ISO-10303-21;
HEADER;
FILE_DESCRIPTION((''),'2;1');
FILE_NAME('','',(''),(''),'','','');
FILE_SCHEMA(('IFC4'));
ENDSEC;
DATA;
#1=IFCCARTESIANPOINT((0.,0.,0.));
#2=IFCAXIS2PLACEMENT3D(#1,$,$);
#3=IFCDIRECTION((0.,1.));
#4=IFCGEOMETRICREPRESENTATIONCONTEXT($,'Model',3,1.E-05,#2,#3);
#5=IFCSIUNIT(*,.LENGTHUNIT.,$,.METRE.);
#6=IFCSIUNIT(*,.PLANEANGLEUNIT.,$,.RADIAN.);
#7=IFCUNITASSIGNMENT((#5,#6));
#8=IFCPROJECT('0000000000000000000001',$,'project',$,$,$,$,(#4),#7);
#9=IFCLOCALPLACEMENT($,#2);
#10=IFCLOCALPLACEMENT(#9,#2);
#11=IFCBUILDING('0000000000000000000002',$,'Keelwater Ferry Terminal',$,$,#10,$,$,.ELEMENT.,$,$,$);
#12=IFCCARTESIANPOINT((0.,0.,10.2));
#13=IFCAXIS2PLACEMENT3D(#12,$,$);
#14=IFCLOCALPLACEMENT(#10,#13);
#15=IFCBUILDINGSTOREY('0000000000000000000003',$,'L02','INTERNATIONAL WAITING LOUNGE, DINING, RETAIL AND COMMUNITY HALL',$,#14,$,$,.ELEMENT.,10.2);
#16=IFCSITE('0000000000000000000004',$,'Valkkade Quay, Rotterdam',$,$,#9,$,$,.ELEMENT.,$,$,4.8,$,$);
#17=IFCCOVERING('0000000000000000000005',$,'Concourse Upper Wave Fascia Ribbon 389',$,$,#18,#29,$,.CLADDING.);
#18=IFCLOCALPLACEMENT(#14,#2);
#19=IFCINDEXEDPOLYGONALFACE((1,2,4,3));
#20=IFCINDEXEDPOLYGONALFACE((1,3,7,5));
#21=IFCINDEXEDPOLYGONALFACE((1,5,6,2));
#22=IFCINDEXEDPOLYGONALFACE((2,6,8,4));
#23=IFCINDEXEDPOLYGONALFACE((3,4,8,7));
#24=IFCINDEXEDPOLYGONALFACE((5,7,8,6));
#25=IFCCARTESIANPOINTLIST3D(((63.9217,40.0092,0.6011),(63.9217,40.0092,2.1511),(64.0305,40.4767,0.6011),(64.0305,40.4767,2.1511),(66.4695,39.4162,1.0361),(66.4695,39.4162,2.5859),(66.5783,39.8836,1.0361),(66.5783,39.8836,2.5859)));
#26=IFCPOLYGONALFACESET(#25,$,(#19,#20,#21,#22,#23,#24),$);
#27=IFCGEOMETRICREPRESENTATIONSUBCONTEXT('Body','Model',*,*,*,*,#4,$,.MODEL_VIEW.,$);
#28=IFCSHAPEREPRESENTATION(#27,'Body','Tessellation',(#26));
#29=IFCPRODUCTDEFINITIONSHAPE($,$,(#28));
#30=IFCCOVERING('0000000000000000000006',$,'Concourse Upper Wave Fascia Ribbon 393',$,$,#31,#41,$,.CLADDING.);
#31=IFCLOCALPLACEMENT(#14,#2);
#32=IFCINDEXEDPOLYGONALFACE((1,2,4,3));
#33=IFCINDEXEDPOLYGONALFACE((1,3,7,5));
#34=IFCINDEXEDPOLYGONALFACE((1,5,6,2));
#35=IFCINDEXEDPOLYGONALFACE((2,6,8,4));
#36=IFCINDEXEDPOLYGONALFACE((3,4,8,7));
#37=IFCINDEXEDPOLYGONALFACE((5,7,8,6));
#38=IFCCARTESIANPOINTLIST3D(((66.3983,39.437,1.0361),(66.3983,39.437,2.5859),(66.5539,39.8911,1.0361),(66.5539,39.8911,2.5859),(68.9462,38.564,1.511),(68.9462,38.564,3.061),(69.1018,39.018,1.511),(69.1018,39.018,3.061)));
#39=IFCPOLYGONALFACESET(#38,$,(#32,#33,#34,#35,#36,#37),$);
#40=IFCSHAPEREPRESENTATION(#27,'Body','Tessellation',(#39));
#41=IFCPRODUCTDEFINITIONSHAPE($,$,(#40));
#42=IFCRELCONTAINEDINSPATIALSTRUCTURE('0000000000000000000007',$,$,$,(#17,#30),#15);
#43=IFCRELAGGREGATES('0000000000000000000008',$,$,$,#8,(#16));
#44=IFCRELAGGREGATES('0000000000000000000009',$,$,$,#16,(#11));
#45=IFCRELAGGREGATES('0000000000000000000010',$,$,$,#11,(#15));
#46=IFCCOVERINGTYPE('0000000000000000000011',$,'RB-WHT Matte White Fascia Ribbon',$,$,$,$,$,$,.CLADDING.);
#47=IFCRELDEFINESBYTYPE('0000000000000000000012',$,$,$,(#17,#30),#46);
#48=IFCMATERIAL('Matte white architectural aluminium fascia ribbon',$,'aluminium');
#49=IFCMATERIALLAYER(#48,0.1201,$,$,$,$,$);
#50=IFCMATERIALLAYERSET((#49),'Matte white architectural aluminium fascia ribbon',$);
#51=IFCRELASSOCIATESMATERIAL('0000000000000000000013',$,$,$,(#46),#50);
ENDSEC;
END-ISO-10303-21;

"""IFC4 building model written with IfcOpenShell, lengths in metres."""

from ifc_helpers import new_model, si_unit, direction, frame, origin, place, context, subcontext, project, spatial, polyline, outline, extrude, material, layer, layer_set, type_object, element, save


model = new_model("IFC4")

# Units and contexts
model_context = context("Model", 3, precision=1e-05, world=origin(), true_north=direction((0.0, 1.0)))
body_context = subcontext(model_context, "Body", "Model", "MODEL_VIEW")
ifc_project = project(units=[si_unit("LENGTHUNIT", "METRE"), si_unit("PLANEANGLEUNIT", "RADIAN")], contexts=[model_context])

# Site, building, storey
site_placement = place(None, origin())
site = spatial("IfcSite", under=ifc_project, at=site_placement, Name="Valkkade Quay, Rotterdam", CompositionType="ELEMENT", RefElevation=4.8)
building_placement = place(site_placement, origin())
building = spatial("IfcBuilding", under=site, at=building_placement, Name="Keelwater Ferry Terminal", CompositionType="ELEMENT")
storey_placement = place(building_placement, frame((0.0, 0.0, 10.2)))
storey = spatial("IfcBuildingStorey", under=building, at=storey_placement, Name="L02", Description="INTERNATIONAL WAITING LOUNGE, DINING, RETAIL AND COMMUNITY HALL", CompositionType="ELEMENT", Elevation=10.2)

# Coverings
ifc_material_1 = material(Name="Matte white architectural aluminium fascia ribbon", Category="aluminium")
ifc_layer_1 = layer(ifc_material_1, 0.1201)
ifc_layer_set_1 = layer_set([ifc_layer_1], Name="Matte white architectural aluminium fascia ribbon")
covering_type = type_object("IfcCoveringType", Name="RB-WHT Matte White Fascia Ribbon", PredefinedType="CLADDING", material=ifc_layer_set_1)
covering_1_placement = place(storey_placement, frame((63.9761, 40.2429, 0.6011), z_axis=(0.0, 0.0, 1.0), x_axis=(0.973966, -0.226693, 0.0)))
element("IfcCovering", 1, at=covering_1_placement, inside=storey, type_object=covering_type, Name="Concourse Upper Wave Fascia Ribbon 389", PredefinedType="CLADDING", context=body_context, shape_type="SweptSolid", body=[
    extrude(outline(polyline([(0.0, 0.0), (2.616, 0.4351), (2.616, 1.9849), (0.0, 1.55), (0.0, 0.0)])), frame((0.0, 0.24, 0.0), z_axis=(0.0, -1.0, 0.0), x_axis=(1.0, 0.0, 0.0)), (0.0, 0.0, 1.0), 0.48),
])
covering_2_placement = place(storey_placement, frame((66.4761, 39.6641, 1.0361), z_axis=(0.0, 0.0, 1.0), x_axis=(0.946003, -0.324157, 0.0)))
element("IfcCovering", 2, at=covering_2_placement, inside=storey, type_object=covering_type, Name="Concourse Upper Wave Fascia Ribbon 393", PredefinedType="CLADDING", context=body_context, shape_type="SweptSolid", body=[
    extrude(outline(polyline([(0.0, 0.0), (2.6934, 0.4749), (2.6934, 2.0249), (0.0, 1.5498), (0.0, 0.0)])), frame((0.0, 0.24, 0.0), z_axis=(0.0, -1.0, 0.0), x_axis=(1.0, 0.0, 0.0)), (0.0, 0.0, 1.0), 0.48),
])

save(model, "model.ifc")
